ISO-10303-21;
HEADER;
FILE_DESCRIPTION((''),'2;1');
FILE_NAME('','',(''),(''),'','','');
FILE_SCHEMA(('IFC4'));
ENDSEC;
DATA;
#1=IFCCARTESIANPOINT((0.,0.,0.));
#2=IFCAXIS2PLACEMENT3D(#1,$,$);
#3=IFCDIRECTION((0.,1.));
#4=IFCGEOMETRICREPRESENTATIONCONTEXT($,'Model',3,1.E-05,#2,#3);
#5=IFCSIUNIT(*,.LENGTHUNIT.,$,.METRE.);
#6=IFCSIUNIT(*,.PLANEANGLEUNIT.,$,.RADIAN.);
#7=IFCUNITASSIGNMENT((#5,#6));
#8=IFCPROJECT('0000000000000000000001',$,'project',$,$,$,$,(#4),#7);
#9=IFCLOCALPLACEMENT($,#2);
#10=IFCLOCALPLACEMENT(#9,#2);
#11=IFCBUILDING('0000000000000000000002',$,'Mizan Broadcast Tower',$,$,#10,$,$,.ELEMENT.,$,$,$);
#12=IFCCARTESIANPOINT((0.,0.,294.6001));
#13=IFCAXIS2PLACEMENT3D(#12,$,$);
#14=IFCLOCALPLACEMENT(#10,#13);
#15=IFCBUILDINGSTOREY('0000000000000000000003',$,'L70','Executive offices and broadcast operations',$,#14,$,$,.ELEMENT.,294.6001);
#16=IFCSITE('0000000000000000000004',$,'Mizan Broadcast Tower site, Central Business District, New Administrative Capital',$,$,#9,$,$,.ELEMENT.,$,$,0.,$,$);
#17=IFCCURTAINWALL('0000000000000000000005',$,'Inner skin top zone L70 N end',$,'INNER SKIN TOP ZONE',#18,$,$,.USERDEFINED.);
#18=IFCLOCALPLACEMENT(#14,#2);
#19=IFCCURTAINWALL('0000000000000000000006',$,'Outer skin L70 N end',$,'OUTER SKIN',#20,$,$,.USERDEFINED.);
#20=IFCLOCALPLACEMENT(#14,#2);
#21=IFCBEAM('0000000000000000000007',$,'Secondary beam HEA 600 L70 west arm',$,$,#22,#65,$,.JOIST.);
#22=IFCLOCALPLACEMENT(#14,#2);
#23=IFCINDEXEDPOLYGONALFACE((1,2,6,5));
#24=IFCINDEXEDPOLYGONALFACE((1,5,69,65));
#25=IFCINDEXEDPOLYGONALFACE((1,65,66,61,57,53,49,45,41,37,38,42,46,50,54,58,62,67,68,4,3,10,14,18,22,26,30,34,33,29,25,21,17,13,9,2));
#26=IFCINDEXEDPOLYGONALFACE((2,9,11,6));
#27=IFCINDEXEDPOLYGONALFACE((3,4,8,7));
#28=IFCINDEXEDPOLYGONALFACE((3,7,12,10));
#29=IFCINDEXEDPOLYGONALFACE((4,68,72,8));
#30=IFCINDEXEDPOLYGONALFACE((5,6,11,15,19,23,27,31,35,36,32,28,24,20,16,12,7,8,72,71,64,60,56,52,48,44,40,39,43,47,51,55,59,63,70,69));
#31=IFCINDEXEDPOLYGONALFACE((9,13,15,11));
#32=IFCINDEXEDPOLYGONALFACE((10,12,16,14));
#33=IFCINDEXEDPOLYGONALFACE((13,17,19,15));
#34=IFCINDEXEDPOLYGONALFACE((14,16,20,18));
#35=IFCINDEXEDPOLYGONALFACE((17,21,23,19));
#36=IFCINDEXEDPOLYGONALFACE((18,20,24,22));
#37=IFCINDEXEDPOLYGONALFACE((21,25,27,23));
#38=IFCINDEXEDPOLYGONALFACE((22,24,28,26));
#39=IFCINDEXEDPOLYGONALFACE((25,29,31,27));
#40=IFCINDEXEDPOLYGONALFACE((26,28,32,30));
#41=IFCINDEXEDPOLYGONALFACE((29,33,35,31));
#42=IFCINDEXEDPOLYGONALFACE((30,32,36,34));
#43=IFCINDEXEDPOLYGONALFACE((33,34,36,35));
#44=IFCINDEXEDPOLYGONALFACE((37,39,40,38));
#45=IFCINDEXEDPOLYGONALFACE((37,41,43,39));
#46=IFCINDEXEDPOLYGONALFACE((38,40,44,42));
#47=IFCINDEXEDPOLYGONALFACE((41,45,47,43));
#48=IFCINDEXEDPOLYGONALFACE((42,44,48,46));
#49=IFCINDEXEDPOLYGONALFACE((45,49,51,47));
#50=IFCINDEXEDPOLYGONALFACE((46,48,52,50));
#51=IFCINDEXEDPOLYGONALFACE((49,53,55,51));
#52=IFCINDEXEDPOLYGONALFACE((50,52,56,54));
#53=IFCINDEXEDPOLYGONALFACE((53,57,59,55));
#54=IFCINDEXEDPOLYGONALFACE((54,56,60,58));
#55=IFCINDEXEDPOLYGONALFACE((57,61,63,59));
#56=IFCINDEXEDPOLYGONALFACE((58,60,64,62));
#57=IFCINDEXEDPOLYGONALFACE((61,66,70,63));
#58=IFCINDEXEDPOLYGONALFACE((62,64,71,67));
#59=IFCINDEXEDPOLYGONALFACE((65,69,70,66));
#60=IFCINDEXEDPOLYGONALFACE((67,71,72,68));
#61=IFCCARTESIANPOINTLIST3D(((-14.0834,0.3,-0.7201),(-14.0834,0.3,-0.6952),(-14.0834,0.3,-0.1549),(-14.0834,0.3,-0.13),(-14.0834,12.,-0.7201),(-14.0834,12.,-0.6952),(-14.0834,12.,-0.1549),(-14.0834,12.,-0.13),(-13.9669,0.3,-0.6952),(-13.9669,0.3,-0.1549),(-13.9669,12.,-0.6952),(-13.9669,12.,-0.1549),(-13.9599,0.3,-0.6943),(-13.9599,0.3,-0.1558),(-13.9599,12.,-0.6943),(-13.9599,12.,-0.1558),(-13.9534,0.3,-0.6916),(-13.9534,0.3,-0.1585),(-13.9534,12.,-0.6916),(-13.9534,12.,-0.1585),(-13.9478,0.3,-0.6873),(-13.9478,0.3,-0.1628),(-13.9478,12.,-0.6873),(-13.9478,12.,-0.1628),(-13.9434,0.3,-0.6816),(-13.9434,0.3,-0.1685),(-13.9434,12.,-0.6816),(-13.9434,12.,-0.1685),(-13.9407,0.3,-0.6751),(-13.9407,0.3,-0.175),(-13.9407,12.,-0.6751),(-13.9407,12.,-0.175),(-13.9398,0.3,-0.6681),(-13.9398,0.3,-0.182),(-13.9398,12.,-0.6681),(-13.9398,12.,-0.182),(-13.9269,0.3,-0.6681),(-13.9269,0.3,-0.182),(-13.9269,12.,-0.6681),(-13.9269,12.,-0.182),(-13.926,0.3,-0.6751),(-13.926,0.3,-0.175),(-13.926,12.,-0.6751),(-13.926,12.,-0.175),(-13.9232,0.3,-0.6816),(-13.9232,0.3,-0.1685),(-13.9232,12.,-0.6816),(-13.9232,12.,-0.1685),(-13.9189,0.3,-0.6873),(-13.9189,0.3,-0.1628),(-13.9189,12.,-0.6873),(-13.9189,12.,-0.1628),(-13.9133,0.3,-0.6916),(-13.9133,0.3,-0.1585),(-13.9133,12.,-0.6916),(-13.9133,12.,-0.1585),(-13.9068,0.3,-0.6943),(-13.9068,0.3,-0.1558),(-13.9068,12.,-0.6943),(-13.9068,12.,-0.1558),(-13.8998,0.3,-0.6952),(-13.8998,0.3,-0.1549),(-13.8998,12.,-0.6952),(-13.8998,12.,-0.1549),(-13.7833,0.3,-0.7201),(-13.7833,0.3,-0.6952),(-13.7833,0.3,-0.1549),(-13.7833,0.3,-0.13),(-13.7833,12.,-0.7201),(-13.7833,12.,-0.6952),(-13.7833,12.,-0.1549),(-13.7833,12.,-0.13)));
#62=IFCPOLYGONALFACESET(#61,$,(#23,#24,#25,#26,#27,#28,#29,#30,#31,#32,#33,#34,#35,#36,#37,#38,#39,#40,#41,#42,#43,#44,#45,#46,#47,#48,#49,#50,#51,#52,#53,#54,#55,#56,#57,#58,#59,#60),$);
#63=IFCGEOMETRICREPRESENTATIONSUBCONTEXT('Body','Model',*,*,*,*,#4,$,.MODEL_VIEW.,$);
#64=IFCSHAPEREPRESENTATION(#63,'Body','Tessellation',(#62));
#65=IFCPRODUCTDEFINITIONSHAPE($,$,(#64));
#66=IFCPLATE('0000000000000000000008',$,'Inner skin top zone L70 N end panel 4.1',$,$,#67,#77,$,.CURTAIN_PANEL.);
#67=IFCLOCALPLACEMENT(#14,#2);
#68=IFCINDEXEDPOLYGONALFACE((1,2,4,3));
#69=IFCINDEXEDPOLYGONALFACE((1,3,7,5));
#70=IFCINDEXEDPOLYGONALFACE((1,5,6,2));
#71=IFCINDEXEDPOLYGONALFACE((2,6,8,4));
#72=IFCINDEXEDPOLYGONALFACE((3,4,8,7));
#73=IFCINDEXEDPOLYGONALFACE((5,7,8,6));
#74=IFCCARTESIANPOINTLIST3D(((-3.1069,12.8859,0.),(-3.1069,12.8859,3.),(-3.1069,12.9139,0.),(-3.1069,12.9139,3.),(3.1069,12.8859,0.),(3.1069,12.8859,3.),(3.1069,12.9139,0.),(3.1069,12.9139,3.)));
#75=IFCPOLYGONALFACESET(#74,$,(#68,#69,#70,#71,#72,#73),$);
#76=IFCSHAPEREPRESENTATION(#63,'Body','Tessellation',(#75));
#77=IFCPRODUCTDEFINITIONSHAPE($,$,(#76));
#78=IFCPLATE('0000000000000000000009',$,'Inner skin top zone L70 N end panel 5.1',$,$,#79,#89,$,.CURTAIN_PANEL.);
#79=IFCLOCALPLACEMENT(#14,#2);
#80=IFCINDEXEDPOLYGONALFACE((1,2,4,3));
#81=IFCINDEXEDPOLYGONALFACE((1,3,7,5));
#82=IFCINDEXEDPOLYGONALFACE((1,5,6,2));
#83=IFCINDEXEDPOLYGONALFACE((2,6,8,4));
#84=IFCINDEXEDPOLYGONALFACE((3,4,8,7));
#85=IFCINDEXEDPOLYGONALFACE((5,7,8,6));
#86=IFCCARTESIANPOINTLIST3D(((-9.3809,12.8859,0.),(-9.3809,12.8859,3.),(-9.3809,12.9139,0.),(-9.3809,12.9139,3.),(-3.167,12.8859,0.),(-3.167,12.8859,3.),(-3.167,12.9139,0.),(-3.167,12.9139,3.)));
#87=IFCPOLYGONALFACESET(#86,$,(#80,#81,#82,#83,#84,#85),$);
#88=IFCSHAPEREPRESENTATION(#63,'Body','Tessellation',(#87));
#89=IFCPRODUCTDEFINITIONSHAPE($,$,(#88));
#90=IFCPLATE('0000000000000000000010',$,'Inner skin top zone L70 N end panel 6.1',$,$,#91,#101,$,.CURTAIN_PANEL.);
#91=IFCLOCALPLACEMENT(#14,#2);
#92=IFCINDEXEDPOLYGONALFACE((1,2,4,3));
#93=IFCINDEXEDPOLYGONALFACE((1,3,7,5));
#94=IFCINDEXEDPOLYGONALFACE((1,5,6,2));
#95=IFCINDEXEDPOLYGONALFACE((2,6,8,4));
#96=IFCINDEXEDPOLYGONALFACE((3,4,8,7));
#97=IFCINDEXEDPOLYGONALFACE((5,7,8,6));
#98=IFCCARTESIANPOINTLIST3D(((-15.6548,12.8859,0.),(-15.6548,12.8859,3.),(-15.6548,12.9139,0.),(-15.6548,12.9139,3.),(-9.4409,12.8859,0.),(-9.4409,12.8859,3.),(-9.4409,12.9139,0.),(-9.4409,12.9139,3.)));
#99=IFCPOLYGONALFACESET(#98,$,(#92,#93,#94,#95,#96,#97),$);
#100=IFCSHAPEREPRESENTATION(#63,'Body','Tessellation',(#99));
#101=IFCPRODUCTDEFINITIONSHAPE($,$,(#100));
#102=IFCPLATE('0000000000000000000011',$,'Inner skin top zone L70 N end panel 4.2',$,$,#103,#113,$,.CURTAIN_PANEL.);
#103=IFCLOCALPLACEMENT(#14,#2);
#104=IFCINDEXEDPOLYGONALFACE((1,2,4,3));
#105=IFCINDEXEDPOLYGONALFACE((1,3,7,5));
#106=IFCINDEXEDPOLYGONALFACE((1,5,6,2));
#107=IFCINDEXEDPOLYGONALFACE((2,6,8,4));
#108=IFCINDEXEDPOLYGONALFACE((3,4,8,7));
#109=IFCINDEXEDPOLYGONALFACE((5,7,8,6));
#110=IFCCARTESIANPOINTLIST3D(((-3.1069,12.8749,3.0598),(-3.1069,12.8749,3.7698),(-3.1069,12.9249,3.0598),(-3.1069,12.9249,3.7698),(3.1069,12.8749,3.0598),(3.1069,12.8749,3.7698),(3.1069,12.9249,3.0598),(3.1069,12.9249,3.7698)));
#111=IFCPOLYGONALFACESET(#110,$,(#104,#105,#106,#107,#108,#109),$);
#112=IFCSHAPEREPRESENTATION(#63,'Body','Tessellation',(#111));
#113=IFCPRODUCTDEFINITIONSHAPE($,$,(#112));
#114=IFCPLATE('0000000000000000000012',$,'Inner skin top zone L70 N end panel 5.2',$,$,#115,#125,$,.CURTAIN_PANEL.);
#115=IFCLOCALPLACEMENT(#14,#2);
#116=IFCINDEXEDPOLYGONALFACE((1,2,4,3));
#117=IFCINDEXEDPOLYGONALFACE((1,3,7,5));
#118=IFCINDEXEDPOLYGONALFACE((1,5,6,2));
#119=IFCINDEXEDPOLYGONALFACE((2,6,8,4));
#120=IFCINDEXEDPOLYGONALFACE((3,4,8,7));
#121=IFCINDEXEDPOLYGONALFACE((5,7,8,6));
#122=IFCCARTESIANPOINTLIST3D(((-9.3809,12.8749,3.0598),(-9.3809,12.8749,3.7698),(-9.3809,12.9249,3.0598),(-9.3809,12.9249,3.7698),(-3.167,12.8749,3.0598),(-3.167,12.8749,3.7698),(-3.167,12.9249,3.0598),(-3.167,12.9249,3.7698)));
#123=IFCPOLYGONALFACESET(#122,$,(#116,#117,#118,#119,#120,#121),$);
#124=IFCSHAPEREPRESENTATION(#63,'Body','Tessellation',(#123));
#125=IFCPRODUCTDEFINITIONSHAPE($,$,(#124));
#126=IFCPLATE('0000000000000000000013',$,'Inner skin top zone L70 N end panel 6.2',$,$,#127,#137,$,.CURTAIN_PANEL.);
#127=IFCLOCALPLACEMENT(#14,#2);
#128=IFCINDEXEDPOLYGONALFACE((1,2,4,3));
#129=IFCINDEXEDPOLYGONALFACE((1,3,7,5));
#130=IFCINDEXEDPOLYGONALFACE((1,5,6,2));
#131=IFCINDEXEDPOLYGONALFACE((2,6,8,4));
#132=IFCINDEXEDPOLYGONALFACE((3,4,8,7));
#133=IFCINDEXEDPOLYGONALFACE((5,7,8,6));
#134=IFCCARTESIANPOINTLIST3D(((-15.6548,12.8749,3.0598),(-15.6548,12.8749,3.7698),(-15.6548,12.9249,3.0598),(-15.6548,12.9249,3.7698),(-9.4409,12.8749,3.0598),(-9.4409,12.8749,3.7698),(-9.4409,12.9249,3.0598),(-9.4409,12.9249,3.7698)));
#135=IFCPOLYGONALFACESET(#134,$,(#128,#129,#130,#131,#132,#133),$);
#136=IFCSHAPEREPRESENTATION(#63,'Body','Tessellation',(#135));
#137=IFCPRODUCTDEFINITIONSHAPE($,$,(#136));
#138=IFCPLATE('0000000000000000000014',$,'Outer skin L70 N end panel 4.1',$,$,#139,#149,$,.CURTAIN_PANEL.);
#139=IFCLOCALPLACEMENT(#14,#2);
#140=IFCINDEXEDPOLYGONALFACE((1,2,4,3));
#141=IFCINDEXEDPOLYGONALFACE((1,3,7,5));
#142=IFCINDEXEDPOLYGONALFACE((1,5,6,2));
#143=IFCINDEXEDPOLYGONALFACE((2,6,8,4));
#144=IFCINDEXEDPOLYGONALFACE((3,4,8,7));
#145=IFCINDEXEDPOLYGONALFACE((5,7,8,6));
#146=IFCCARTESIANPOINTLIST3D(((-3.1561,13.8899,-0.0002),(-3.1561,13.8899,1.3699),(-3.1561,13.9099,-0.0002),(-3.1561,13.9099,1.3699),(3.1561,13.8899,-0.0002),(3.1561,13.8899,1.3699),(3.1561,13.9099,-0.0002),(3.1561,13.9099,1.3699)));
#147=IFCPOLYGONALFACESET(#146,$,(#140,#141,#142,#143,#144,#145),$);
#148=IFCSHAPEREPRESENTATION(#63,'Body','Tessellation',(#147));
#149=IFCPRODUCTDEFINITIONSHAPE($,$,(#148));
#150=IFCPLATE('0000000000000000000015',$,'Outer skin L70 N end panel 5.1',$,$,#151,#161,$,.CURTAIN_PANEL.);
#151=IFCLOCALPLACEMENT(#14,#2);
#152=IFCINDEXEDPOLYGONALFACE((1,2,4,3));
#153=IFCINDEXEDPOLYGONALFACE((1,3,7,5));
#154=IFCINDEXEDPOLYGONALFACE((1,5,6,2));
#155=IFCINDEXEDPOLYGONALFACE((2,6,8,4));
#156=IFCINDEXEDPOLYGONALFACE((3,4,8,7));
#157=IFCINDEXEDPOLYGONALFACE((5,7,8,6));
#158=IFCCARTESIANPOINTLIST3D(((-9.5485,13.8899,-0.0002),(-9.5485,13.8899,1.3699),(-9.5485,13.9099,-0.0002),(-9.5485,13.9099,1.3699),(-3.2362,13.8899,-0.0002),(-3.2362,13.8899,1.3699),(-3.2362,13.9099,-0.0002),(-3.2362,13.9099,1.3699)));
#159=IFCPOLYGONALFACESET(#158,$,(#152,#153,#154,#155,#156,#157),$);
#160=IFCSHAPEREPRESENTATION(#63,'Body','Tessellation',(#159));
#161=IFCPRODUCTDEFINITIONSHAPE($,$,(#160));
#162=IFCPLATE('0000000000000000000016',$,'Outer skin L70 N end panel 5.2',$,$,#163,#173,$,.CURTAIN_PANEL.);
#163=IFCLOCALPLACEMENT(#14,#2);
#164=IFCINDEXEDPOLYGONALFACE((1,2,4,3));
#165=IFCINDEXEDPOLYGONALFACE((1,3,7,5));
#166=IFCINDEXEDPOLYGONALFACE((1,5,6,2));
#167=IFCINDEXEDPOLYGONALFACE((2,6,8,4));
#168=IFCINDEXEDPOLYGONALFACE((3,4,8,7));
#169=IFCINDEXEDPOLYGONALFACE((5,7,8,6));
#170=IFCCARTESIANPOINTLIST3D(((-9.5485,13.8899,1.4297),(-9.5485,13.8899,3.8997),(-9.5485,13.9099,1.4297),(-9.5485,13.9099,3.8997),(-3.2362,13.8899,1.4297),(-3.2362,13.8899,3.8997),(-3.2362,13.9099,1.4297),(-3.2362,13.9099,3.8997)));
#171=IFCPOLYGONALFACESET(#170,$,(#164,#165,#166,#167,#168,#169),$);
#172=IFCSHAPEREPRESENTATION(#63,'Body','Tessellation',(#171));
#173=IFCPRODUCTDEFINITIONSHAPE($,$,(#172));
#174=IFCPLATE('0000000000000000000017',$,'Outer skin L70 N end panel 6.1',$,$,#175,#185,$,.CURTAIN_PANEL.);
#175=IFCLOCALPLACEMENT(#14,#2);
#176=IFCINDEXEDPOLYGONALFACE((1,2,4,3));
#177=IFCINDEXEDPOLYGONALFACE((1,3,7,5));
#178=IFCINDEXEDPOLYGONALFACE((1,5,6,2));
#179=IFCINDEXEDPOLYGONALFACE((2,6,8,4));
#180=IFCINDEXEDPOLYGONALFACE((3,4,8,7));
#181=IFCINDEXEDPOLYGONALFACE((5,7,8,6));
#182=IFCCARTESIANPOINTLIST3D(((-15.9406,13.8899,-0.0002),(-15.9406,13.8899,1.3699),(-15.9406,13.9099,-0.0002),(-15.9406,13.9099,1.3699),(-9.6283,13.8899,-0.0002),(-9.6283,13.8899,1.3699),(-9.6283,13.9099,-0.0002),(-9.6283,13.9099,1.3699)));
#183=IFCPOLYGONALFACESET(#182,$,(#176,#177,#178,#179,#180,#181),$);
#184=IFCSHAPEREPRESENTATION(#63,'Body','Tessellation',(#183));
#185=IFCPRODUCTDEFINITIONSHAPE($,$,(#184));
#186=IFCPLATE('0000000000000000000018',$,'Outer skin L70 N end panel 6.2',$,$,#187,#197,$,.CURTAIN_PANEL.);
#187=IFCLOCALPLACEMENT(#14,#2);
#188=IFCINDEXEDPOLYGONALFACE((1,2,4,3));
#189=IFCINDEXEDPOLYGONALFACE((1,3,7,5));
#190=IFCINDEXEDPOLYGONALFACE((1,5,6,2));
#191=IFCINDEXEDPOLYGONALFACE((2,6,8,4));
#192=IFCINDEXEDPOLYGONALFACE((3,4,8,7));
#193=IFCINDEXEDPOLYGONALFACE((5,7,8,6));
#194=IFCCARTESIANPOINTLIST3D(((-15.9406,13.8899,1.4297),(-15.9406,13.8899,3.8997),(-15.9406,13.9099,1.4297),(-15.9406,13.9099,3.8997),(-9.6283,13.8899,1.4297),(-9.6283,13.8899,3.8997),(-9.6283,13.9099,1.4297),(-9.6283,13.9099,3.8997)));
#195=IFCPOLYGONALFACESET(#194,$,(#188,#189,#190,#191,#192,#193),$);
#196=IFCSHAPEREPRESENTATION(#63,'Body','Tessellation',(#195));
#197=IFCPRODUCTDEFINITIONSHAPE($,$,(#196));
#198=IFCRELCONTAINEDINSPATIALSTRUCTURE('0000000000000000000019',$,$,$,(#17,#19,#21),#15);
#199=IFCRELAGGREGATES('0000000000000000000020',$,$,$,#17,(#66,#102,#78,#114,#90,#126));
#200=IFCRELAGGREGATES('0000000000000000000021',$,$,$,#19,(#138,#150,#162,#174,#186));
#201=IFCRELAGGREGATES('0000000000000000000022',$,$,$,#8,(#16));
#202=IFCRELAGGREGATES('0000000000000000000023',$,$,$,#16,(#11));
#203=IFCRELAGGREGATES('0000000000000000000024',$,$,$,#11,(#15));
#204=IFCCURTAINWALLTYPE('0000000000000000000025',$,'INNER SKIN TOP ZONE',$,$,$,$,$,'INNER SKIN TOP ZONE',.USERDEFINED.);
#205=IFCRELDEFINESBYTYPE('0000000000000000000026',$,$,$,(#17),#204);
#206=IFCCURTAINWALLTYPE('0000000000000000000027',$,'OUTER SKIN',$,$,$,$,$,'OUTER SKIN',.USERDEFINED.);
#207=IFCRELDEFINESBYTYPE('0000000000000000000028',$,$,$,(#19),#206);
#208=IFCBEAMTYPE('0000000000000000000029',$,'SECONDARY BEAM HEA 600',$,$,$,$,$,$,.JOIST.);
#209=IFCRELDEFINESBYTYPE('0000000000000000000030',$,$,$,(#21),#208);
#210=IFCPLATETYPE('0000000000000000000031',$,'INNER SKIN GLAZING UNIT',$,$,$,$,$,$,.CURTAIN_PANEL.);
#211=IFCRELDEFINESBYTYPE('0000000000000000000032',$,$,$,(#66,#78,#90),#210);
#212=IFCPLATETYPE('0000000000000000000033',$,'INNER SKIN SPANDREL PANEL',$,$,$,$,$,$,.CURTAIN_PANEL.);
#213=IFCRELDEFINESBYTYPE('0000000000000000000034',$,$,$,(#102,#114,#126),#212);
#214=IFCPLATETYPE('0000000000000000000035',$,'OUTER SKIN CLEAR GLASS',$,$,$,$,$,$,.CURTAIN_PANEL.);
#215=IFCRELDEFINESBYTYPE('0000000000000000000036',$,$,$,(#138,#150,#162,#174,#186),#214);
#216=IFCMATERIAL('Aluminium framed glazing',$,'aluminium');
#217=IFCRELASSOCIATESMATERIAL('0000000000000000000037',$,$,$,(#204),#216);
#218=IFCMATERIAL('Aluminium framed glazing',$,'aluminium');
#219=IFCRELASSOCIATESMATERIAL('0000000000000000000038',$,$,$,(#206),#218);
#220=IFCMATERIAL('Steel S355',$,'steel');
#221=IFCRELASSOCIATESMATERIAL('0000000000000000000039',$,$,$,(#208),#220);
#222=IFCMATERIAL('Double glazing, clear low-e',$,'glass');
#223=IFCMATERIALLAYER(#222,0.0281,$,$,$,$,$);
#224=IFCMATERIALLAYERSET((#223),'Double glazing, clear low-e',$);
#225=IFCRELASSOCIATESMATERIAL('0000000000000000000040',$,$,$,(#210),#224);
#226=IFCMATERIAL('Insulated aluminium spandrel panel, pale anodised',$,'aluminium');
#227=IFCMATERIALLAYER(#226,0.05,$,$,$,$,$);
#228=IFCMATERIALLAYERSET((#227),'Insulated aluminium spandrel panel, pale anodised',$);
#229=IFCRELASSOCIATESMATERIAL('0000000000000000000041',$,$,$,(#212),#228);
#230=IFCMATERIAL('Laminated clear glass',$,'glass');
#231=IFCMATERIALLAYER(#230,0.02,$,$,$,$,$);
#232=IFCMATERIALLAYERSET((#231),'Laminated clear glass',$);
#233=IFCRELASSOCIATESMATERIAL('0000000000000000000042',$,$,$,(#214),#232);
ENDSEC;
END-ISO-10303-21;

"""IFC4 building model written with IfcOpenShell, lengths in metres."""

from ifc_helpers import new_model, si_unit, direction, frame, origin, origin_2d, place, context, subcontext, project, spatial, rectangle, i_section, extrude, material, layer, layer_set, material_profile, profile_set, type_object, element, aggregate, save


model = new_model("IFC4")

# Units and contexts
model_context = context("Model", 3, precision=1e-05, world=origin(), true_north=direction((0.0, 1.0)))
body_context = subcontext(model_context, "Body", "Model", "MODEL_VIEW")
ifc_project = project(units=[si_unit("LENGTHUNIT", "METRE"), si_unit("PLANEANGLEUNIT", "RADIAN")], contexts=[model_context])

# Site, building, storey
site_placement = place(None, origin())
site = spatial("IfcSite", under=ifc_project, at=site_placement, Name="Mizan Broadcast Tower site, Central Business District, New Administrative Capital", CompositionType="ELEMENT", RefElevation=0.0)
building_placement = place(site_placement, origin())
building = spatial("IfcBuilding", under=site, at=building_placement, Name="Mizan Broadcast Tower", CompositionType="ELEMENT")
storey_placement = place(building_placement, frame((0.0, 0.0, 294.6001)))
storey = spatial("IfcBuildingStorey", under=building, at=storey_placement, Name="L70", Description="Executive offices and broadcast operations", CompositionType="ELEMENT", Elevation=294.6001)

# Curtain walls
ifc_material_1 = material(Name="Aluminium framed glazing", Category="aluminium")
curtain_wall_type_1 = type_object("IfcCurtainWallType", Name="INNER SKIN TOP ZONE", ElementType="INNER SKIN TOP ZONE", PredefinedType="USERDEFINED", material=ifc_material_1)
curtain_wall_1_placement = place(storey_placement, origin())
curtain_wall_1 = element("IfcCurtainWall", 1, at=curtain_wall_1_placement, inside=storey, type_object=curtain_wall_type_1, Name="Inner skin top zone L70 N end", ObjectType="INNER SKIN TOP ZONE", PredefinedType="USERDEFINED")
ifc_material_2 = material(Name="Aluminium framed glazing", Category="aluminium")
curtain_wall_type_2 = type_object("IfcCurtainWallType", Name="OUTER SKIN", ElementType="OUTER SKIN", PredefinedType="USERDEFINED", material=ifc_material_2)
curtain_wall_2_placement = place(storey_placement, origin())
curtain_wall_2 = element("IfcCurtainWall", 2, at=curtain_wall_2_placement, inside=storey, type_object=curtain_wall_type_2, Name="Outer skin L70 N end", ObjectType="OUTER SKIN", PredefinedType="USERDEFINED")

# Beam
ifc_material_3 = material(Name="Steel S355", Category="steel")
ifc_material_profile_1 = material_profile(ifc_material_3, i_section(OverallWidth=0.3, OverallDepth=0.5901, WebThickness=0.0129, FlangeThickness=0.0249, FilletRadius=0.0271, at=origin_2d()), Name="HEA 600")
ifc_profile_set_1 = profile_set([ifc_material_profile_1], Name="Steel S355")
beam_type_1 = type_object("IfcBeamType", Name="SECONDARY BEAM HEA 600", PredefinedType="JOIST", material=ifc_profile_set_1)
beam_1_placement = place(storey_placement, frame((-13.9333, 12.0, -0.425), z_axis=(0.0, -1.0, 0.0), x_axis=(1.0, 0.0, 0.0)))
element("IfcBeam", 3, at=beam_1_placement, inside=storey, type_object=beam_type_1, Name="Secondary beam HEA 600 L70 west arm", PredefinedType="JOIST", context=body_context, shape_type="SweptSolid", body=[
    extrude(i_section(OverallWidth=0.3, OverallDepth=0.5901, WebThickness=0.0129, FlangeThickness=0.0249, FilletRadius=0.0271, at=origin_2d()), origin(), (0.0, 0.0, 1.0), 11.7),
])

# Plates
ifc_material_4 = material(Name="Double glazing, clear low-e", Category="glass")
ifc_layer_1 = layer(ifc_material_4, 0.0281)
ifc_layer_set_1 = layer_set([ifc_layer_1], Name="Double glazing, clear low-e")
plate_type_1 = type_object("IfcPlateType", Name="INNER SKIN GLAZING UNIT", PredefinedType="CURTAIN_PANEL", material=ifc_layer_set_1)
plate_1_placement = place(storey_placement, frame((0.0, 12.8999, 0.0), z_axis=(0.0, 0.0, 1.0), x_axis=(-1.0, 0.0, 0.0)))
plate_1 = element("IfcPlate", 4, at=plate_1_placement, type_object=plate_type_1, Name="Inner skin top zone L70 N end panel 4.1", PredefinedType="CURTAIN_PANEL", context=body_context, shape_type="SweptSolid", body=[
    extrude(rectangle(XDim=6.2139, YDim=0.0281, at=origin_2d()), origin(), (0.0, 0.0, 1.0), 3.0),
])
plate_2_placement = place(storey_placement, frame((-6.2739, 12.8999, 0.0), z_axis=(0.0, 0.0, 1.0), x_axis=(-1.0, 0.0, 0.0)))
plate_2 = element("IfcPlate", 5, at=plate_2_placement, type_object=plate_type_1, Name="Inner skin top zone L70 N end panel 5.1", PredefinedType="CURTAIN_PANEL", context=body_context, shape_type="SweptSolid", body=[
    extrude(rectangle(XDim=6.2139, YDim=0.0281, at=origin_2d()), origin(), (0.0, 0.0, 1.0), 3.0),
])
plate_3_placement = place(storey_placement, frame((-12.5479, 12.8999, 0.0), z_axis=(0.0, 0.0, 1.0), x_axis=(-1.0, 0.0, 0.0)))
plate_3 = element("IfcPlate", 6, at=plate_3_placement, type_object=plate_type_1, Name="Inner skin top zone L70 N end panel 6.1", PredefinedType="CURTAIN_PANEL", context=body_context, shape_type="SweptSolid", body=[
    extrude(rectangle(XDim=6.2139, YDim=0.0281, at=origin_2d()), origin(), (0.0, 0.0, 1.0), 3.0),
])
ifc_material_5 = material(Name="Insulated aluminium spandrel panel, pale anodised", Category="aluminium")
ifc_layer_2 = layer(ifc_material_5, 0.05)
ifc_layer_set_2 = layer_set([ifc_layer_2], Name="Insulated aluminium spandrel panel, pale anodised")
plate_type_2 = type_object("IfcPlateType", Name="INNER SKIN SPANDREL PANEL", PredefinedType="CURTAIN_PANEL", material=ifc_layer_set_2)
plate_4_placement = place(storey_placement, frame((0.0, 12.8999, 3.0598), z_axis=(0.0, 0.0, 1.0), x_axis=(-1.0, 0.0, 0.0)))
plate_4 = element("IfcPlate", 7, at=plate_4_placement, type_object=plate_type_2, Name="Inner skin top zone L70 N end panel 4.2", PredefinedType="CURTAIN_PANEL", context=body_context, shape_type="SweptSolid", body=[
    extrude(rectangle(XDim=6.2139, YDim=0.05, at=origin_2d()), origin(), (0.0, 0.0, 1.0), 0.71),
])
plate_5_placement = place(storey_placement, frame((-6.2739, 12.8999, 3.0598), z_axis=(0.0, 0.0, 1.0), x_axis=(-1.0, 0.0, 0.0)))
plate_5 = element("IfcPlate", 8, at=plate_5_placement, type_object=plate_type_2, Name="Inner skin top zone L70 N end panel 5.2", PredefinedType="CURTAIN_PANEL", context=body_context, shape_type="SweptSolid", body=[
    extrude(rectangle(XDim=6.2139, YDim=0.05, at=origin_2d()), origin(), (0.0, 0.0, 1.0), 0.71),
])
plate_6_placement = place(storey_placement, frame((-12.5479, 12.8999, 3.0598), z_axis=(0.0, 0.0, 1.0), x_axis=(-1.0, 0.0, 0.0)))
plate_6 = element("IfcPlate", 9, at=plate_6_placement, type_object=plate_type_2, Name="Inner skin top zone L70 N end panel 6.2", PredefinedType="CURTAIN_PANEL", context=body_context, shape_type="SweptSolid", body=[
    extrude(rectangle(XDim=6.2139, YDim=0.05, at=origin_2d()), origin(), (0.0, 0.0, 1.0), 0.71),
])
aggregate(curtain_wall_1, [plate_1, plate_4, plate_2, plate_5, plate_3, plate_6])
ifc_material_6 = material(Name="Laminated clear glass", Category="glass")
ifc_layer_3 = layer(ifc_material_6, 0.02)
ifc_layer_set_3 = layer_set([ifc_layer_3], Name="Laminated clear glass")
plate_type_3 = type_object("IfcPlateType", Name="OUTER SKIN CLEAR GLASS", PredefinedType="CURTAIN_PANEL", material=ifc_layer_set_3)
plate_7_placement = place(storey_placement, frame((0.0, 13.8999, -0.0002), z_axis=(0.0, 0.0, 1.0), x_axis=(-1.0, 0.0, 0.0)))
plate_7 = element("IfcPlate", 10, at=plate_7_placement, type_object=plate_type_3, Name="Outer skin L70 N end panel 4.1", PredefinedType="CURTAIN_PANEL", context=body_context, shape_type="SweptSolid", body=[
    extrude(rectangle(XDim=6.3123, YDim=0.02, at=origin_2d()), origin(), (0.0, 0.0, 1.0), 1.3701),
])
plate_8_placement = place(storey_placement, frame((-6.3923, 13.8999, -0.0002), z_axis=(0.0, 0.0, 1.0), x_axis=(-1.0, 0.0, 0.0)))
plate_8 = element("IfcPlate", 11, at=plate_8_placement, type_object=plate_type_3, Name="Outer skin L70 N end panel 5.1", PredefinedType="CURTAIN_PANEL", context=body_context, shape_type="SweptSolid", body=[
    extrude(rectangle(XDim=6.3123, YDim=0.02, at=origin_2d()), origin(), (0.0, 0.0, 1.0), 1.3701),
])
plate_9_placement = place(storey_placement, frame((-6.3923, 13.8999, 1.4297), z_axis=(0.0, 0.0, 1.0), x_axis=(-1.0, 0.0, 0.0)))
plate_9 = element("IfcPlate", 12, at=plate_9_placement, type_object=plate_type_3, Name="Outer skin L70 N end panel 5.2", PredefinedType="CURTAIN_PANEL", context=body_context, shape_type="SweptSolid", body=[
    extrude(rectangle(XDim=6.3123, YDim=0.02, at=origin_2d()), origin(), (0.0, 0.0, 1.0), 2.47),
])
plate_10_placement = place(storey_placement, frame((-12.7844, 13.8999, -0.0002), z_axis=(0.0, 0.0, 1.0), x_axis=(-1.0, 0.0, 0.0)))
plate_10 = element("IfcPlate", 13, at=plate_10_placement, type_object=plate_type_3, Name="Outer skin L70 N end panel 6.1", PredefinedType="CURTAIN_PANEL", context=body_context, shape_type="SweptSolid", body=[
    extrude(rectangle(XDim=6.3123, YDim=0.02, at=origin_2d()), origin(), (0.0, 0.0, 1.0), 1.3701),
])
plate_11_placement = place(storey_placement, frame((-12.7844, 13.8999, 1.4297), z_axis=(0.0, 0.0, 1.0), x_axis=(-1.0, 0.0, 0.0)))
plate_11 = element("IfcPlate", 14, at=plate_11_placement, type_object=plate_type_3, Name="Outer skin L70 N end panel 6.2", PredefinedType="CURTAIN_PANEL", context=body_context, shape_type="SweptSolid", body=[
    extrude(rectangle(XDim=6.3123, YDim=0.02, at=origin_2d()), origin(), (0.0, 0.0, 1.0), 2.47),
])
aggregate(curtain_wall_2, [plate_7, plate_8, plate_9, plate_10, plate_11])

save(model, "model.ifc")
